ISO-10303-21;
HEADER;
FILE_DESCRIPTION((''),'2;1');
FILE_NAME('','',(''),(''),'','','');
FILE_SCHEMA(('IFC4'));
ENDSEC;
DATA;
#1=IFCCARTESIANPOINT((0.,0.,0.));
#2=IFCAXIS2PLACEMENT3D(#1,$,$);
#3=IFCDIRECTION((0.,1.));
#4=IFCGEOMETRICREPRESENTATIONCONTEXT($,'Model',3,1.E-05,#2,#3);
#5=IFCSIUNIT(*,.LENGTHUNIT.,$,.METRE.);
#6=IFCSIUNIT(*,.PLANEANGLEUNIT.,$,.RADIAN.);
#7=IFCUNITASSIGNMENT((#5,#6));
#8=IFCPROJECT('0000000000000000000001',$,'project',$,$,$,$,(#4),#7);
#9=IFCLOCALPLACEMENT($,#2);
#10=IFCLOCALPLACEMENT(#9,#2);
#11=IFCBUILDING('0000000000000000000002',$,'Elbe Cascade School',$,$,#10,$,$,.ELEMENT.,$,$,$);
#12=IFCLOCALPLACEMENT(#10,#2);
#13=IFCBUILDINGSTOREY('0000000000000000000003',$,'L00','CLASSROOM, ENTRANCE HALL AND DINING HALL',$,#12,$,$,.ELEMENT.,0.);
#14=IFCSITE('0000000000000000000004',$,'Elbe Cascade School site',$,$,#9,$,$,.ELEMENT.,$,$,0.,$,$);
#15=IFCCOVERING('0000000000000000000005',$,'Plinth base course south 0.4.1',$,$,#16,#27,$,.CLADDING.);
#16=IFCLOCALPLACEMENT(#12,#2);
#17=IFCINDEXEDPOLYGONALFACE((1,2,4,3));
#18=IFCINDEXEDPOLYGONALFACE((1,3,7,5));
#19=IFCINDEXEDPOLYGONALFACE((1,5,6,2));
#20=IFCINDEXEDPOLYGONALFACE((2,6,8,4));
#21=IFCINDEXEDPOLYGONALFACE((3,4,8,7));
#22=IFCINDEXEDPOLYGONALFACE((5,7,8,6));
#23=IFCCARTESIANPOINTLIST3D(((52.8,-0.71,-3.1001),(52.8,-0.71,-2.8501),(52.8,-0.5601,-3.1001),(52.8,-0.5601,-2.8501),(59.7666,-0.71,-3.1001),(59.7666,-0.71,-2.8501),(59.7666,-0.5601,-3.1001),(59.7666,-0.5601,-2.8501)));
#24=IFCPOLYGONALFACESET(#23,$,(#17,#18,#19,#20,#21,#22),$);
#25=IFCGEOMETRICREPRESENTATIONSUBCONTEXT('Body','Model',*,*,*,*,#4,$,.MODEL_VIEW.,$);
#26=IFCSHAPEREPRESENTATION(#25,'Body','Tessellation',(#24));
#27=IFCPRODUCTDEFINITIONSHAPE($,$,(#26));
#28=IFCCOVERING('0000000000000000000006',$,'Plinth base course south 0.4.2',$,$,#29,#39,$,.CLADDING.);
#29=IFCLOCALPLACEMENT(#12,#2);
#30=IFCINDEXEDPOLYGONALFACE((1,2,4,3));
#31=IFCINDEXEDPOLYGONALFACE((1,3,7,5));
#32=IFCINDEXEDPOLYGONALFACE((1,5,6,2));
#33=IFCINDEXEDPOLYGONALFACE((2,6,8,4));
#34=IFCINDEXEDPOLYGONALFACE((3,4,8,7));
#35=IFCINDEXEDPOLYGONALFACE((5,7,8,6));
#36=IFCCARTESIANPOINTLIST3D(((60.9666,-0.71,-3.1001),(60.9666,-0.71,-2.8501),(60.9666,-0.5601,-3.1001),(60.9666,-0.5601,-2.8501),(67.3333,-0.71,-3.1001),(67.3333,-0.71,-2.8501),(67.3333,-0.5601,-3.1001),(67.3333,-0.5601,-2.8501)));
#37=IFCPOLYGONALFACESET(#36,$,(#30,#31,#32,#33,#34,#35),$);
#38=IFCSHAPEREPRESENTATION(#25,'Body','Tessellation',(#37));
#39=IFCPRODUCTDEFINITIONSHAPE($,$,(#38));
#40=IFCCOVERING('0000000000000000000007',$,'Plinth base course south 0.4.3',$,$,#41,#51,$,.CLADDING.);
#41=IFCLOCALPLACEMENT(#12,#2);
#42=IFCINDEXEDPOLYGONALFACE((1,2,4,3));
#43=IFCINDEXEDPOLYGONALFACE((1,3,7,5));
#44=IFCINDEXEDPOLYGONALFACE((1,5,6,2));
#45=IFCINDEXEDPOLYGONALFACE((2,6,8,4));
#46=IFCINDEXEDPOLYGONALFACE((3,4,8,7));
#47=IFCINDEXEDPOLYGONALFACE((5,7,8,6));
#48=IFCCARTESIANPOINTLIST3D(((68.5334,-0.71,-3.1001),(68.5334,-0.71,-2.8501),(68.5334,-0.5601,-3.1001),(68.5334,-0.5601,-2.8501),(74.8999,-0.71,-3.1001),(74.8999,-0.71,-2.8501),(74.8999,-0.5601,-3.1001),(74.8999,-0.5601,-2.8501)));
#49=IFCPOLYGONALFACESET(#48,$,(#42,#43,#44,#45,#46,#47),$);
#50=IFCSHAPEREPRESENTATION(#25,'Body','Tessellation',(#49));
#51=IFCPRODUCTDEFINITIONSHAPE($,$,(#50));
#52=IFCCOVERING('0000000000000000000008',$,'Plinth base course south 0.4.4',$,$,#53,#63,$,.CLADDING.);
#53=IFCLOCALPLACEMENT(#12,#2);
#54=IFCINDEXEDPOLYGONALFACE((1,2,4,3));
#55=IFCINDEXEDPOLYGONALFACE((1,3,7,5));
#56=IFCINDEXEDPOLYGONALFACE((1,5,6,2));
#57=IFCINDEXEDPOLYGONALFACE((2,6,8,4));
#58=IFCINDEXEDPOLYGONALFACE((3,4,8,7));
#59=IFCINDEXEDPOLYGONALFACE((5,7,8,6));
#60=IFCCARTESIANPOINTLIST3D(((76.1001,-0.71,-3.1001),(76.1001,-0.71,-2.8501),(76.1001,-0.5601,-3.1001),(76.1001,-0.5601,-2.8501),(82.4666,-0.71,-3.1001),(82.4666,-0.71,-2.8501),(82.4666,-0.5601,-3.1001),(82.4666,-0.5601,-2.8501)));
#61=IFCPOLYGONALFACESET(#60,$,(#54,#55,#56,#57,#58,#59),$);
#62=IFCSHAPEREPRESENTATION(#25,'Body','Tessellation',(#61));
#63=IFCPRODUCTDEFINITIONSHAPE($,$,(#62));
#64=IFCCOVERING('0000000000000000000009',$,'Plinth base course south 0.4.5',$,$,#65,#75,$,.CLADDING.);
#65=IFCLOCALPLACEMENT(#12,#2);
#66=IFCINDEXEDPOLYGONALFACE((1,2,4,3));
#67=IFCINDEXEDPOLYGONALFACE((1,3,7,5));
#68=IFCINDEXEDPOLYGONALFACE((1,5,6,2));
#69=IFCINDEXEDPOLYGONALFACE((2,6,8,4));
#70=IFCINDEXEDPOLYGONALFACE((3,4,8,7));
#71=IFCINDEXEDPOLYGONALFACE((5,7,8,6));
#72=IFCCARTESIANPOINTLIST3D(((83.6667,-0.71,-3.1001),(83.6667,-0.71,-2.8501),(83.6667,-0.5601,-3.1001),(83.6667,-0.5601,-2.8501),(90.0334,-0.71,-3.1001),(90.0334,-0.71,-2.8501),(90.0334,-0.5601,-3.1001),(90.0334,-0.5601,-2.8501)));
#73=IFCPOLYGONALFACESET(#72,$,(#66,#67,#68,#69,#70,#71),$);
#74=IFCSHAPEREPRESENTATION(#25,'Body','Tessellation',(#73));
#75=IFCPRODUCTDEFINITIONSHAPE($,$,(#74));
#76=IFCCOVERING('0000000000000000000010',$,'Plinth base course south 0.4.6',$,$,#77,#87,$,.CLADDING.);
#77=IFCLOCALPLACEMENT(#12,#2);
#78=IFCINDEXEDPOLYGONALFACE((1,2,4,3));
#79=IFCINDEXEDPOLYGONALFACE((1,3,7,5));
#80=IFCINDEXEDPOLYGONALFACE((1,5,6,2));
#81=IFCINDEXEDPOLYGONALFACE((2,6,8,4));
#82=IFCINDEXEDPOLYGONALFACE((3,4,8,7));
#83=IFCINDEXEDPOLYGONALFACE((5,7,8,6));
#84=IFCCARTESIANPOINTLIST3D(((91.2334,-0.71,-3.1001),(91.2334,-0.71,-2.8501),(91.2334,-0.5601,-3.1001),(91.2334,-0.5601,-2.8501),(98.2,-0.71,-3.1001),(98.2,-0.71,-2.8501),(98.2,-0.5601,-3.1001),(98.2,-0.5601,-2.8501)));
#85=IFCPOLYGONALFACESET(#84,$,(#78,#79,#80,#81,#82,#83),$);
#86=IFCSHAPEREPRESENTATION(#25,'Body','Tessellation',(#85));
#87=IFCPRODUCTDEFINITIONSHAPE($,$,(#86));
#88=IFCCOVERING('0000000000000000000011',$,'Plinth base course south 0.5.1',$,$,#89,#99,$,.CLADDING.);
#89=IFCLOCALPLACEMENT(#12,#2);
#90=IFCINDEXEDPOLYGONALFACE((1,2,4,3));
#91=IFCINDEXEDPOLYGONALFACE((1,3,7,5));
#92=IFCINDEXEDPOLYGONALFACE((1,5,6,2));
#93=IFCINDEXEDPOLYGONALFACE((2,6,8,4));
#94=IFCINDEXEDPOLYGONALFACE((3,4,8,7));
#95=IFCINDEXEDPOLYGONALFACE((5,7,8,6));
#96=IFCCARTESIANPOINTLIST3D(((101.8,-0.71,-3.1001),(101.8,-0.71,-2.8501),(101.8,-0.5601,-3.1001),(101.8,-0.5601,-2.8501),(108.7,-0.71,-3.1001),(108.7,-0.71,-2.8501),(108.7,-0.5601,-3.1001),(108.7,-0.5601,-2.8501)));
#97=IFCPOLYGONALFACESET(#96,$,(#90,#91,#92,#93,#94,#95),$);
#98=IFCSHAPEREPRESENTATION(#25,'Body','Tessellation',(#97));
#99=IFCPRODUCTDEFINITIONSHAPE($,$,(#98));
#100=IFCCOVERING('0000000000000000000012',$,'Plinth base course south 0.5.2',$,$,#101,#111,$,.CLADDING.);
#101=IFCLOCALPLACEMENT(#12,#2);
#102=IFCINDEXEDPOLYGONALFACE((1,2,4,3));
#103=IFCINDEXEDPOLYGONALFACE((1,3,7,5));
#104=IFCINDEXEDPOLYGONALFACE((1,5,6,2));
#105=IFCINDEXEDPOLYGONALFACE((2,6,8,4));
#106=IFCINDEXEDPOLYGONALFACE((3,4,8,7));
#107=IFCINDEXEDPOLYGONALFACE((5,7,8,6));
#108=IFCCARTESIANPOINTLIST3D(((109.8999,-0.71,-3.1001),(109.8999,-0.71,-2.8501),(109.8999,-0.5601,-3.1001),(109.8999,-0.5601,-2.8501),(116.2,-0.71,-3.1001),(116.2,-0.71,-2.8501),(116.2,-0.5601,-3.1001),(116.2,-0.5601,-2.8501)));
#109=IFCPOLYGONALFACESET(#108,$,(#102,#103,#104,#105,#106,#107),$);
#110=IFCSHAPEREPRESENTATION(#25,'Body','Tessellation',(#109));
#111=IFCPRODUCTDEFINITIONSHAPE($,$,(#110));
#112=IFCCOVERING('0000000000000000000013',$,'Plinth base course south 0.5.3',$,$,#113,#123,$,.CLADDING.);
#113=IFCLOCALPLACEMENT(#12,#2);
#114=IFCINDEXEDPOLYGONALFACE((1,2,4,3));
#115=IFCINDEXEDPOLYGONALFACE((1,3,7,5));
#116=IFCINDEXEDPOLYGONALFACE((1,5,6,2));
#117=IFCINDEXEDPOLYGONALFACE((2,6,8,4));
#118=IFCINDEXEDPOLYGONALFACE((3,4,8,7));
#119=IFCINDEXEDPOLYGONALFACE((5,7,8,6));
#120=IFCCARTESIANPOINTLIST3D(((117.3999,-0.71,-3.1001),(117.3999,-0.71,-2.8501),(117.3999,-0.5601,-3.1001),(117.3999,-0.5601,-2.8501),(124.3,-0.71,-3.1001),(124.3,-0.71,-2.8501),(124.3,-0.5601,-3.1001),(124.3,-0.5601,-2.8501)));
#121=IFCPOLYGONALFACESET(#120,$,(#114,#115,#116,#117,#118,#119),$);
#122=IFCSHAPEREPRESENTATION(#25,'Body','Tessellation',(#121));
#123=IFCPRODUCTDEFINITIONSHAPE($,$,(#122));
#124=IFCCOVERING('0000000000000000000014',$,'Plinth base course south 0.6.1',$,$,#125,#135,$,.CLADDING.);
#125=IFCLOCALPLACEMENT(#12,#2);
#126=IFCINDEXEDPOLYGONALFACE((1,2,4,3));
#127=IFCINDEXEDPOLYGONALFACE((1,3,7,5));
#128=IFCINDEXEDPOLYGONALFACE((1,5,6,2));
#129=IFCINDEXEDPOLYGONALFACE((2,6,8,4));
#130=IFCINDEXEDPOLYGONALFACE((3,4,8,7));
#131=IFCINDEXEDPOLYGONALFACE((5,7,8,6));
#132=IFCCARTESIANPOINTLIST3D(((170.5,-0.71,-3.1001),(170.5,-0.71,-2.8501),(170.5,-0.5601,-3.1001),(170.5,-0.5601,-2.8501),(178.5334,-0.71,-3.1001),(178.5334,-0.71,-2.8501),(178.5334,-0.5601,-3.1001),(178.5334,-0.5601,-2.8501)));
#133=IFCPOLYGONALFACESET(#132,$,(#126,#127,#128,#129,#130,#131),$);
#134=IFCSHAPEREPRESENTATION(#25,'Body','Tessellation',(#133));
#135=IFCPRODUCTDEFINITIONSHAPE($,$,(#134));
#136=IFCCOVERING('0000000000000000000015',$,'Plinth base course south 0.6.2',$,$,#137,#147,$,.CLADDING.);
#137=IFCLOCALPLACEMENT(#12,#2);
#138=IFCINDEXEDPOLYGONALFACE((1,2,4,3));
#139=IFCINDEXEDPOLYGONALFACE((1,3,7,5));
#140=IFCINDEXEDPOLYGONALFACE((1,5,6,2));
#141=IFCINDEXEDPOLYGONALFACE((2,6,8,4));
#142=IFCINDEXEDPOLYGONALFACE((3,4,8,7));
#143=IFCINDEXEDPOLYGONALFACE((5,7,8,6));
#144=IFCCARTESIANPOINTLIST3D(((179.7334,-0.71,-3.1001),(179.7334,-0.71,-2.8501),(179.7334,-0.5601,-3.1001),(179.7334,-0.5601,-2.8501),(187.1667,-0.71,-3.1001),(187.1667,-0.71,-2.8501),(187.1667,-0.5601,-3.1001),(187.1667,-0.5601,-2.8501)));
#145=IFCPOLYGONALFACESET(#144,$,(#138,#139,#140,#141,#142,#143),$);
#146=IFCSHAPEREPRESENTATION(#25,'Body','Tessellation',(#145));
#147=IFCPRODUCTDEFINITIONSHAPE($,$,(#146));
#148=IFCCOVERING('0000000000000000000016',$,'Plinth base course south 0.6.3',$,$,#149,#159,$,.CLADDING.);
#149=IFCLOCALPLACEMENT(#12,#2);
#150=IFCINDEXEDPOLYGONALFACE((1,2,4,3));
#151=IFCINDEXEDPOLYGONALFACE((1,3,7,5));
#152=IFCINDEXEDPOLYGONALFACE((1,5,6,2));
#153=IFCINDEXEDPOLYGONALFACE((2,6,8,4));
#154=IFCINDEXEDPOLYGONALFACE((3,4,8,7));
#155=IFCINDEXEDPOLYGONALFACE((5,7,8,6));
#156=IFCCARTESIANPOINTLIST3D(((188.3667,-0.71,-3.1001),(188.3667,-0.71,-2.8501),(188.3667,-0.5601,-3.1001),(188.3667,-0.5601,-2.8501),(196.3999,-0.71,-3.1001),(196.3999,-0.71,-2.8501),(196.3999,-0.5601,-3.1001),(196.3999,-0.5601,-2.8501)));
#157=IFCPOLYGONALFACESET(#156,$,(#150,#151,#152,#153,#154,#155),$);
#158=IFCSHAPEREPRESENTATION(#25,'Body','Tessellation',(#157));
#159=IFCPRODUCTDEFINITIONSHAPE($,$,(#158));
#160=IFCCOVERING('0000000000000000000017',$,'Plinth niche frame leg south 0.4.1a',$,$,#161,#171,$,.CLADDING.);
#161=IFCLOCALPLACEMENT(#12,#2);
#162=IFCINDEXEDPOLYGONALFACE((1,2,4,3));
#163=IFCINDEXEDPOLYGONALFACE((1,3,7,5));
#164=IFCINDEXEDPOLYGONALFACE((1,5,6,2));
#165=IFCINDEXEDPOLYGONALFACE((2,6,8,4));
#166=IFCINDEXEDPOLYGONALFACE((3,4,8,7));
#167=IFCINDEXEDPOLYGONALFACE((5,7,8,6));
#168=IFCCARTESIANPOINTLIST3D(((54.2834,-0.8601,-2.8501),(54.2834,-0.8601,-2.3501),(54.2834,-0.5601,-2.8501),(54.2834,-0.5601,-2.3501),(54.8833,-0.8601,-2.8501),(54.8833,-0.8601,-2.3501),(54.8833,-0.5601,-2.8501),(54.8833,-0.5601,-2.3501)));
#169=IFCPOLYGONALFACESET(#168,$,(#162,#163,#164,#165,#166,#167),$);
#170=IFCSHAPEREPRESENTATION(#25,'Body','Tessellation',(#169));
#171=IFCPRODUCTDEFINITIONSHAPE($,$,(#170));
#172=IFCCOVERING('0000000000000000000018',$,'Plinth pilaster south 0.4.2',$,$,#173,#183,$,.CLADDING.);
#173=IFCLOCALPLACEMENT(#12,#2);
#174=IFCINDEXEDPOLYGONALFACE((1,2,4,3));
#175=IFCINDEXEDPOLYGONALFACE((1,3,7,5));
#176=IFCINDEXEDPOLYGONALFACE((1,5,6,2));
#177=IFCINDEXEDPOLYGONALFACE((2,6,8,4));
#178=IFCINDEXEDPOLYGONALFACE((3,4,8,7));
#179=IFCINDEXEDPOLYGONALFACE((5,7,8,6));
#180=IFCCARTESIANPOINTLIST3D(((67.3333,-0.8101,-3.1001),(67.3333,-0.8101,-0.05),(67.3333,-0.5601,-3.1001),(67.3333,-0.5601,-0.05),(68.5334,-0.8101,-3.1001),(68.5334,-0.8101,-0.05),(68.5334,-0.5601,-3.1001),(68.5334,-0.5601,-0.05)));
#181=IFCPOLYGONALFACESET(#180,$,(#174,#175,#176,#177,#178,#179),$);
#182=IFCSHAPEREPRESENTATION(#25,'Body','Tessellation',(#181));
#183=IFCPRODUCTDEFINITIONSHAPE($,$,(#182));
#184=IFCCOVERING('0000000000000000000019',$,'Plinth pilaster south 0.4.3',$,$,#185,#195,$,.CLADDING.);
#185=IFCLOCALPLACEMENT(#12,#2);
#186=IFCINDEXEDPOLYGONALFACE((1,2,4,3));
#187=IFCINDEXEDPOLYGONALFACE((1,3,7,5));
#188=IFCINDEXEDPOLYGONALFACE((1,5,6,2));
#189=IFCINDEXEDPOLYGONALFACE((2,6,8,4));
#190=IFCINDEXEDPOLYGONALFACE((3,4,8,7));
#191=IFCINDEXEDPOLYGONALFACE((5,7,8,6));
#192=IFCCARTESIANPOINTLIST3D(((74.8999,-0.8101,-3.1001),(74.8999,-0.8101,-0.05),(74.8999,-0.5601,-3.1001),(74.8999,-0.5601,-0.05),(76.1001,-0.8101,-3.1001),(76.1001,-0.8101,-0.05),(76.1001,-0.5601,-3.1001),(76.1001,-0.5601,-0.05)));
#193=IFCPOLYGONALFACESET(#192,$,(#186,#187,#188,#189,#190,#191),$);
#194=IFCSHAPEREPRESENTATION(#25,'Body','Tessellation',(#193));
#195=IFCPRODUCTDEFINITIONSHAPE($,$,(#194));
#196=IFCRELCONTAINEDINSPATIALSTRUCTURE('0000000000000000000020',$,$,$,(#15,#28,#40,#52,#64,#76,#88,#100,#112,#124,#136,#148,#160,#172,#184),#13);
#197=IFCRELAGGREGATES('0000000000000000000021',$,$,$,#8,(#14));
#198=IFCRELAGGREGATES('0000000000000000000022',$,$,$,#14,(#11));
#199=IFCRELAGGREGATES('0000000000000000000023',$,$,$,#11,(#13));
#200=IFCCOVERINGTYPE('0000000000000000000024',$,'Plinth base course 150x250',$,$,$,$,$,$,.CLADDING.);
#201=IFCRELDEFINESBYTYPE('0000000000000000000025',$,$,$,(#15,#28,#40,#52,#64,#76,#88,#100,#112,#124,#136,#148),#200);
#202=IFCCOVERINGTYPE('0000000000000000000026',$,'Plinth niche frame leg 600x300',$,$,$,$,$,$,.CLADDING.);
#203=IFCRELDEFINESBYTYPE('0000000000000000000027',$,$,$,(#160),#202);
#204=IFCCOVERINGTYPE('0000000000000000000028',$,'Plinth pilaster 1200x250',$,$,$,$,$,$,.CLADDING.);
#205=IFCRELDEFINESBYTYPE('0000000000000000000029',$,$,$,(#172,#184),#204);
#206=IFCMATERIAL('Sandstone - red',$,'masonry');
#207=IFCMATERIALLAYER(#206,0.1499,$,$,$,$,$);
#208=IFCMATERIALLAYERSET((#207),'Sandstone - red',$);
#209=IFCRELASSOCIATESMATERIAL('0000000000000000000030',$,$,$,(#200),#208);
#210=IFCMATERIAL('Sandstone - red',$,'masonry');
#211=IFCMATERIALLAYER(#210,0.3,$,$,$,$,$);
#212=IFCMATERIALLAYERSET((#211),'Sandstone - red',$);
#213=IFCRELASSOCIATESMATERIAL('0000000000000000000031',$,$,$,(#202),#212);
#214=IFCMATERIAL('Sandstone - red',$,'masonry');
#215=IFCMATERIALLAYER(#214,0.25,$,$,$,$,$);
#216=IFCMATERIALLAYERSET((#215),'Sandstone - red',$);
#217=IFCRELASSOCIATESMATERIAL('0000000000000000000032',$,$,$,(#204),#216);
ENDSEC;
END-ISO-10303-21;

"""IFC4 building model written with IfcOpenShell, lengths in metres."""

from ifc_helpers import new_model, si_unit, direction, frame, origin, place, context, subcontext, project, spatial, polyline, outline, extrude, material, layer, layer_set, type_object, element, save


model = new_model("IFC4")

# Units and contexts
model_context = context("Model", 3, precision=1e-05, world=origin(), true_north=direction((0.0, 1.0)))
body_context = subcontext(model_context, "Body", "Model", "MODEL_VIEW")
ifc_project = project(units=[si_unit("LENGTHUNIT", "METRE"), si_unit("PLANEANGLEUNIT", "RADIAN")], contexts=[model_context])

# Site, building, storey
site_placement = place(None, origin())
site = spatial("IfcSite", under=ifc_project, at=site_placement, Name="Elbe Cascade School site", CompositionType="ELEMENT", RefElevation=0.0)
building_placement = place(site_placement, origin())
building = spatial("IfcBuilding", under=site, at=building_placement, Name="Elbe Cascade School", CompositionType="ELEMENT")
storey_placement = place(building_placement, origin())
storey = spatial("IfcBuildingStorey", under=building, at=storey_placement, Name="L00", Description="CLASSROOM, ENTRANCE HALL AND DINING HALL", CompositionType="ELEMENT", Elevation=0.0)

# Coverings
ifc_material_1 = material(Name="Sandstone - red", Category="masonry")
ifc_layer_1 = layer(ifc_material_1, 0.1499)
ifc_layer_set_1 = layer_set([ifc_layer_1], Name="Sandstone - red")
covering_type_1 = type_object("IfcCoveringType", Name="Plinth base course 150x250", PredefinedType="CLADDING", material=ifc_layer_set_1)
covering_1_placement = place(storey_placement, frame((0.0, 0.0, -3.1001)))
element("IfcCovering", 1, at=covering_1_placement, inside=storey, type_object=covering_type_1, Name="Plinth base course south 0.4.1", PredefinedType="CLADDING", context=body_context, shape_type="SweptSolid", body=[
    extrude(outline(polyline([(52.8, -0.71), (59.7666, -0.71), (59.7666, -0.5601), (52.8, -0.5601), (52.8, -0.71)])), origin(), (0.0, 0.0, 1.0), 0.25),
])
covering_2_placement = place(storey_placement, frame((0.0, 0.0, -3.1001)))
element("IfcCovering", 2, at=covering_2_placement, inside=storey, type_object=covering_type_1, Name="Plinth base course south 0.4.2", PredefinedType="CLADDING", context=body_context, shape_type="SweptSolid", body=[
    extrude(outline(polyline([(60.9666, -0.71), (67.3333, -0.71), (67.3333, -0.5601), (60.9666, -0.5601), (60.9666, -0.71)])), origin(), (0.0, 0.0, 1.0), 0.25),
])
covering_3_placement = place(storey_placement, frame((0.0, 0.0, -3.1001)))
element("IfcCovering", 3, at=covering_3_placement, inside=storey, type_object=covering_type_1, Name="Plinth base course south 0.4.3", PredefinedType="CLADDING", context=body_context, shape_type="SweptSolid", body=[
    extrude(outline(polyline([(68.5334, -0.71), (74.8999, -0.71), (74.8999, -0.5601), (68.5334, -0.5601), (68.5334, -0.71)])), origin(), (0.0, 0.0, 1.0), 0.25),
])
covering_4_placement = place(storey_placement, frame((0.0, 0.0, -3.1001)))
element("IfcCovering", 4, at=covering_4_placement, inside=storey, type_object=covering_type_1, Name="Plinth base course south 0.4.4", PredefinedType="CLADDING", context=body_context, shape_type="SweptSolid", body=[
    extrude(outline(polyline([(76.1001, -0.71), (82.4666, -0.71), (82.4666, -0.5601), (76.1001, -0.5601), (76.1001, -0.71)])), origin(), (0.0, 0.0, 1.0), 0.25),
])
covering_5_placement = place(storey_placement, frame((0.0, 0.0, -3.1001)))
element("IfcCovering", 5, at=covering_5_placement, inside=storey, type_object=covering_type_1, Name="Plinth base course south 0.4.5", PredefinedType="CLADDING", context=body_context, shape_type="SweptSolid", body=[
    extrude(outline(polyline([(83.6667, -0.71), (90.0334, -0.71), (90.0334, -0.5601), (83.6667, -0.5601), (83.6667, -0.71)])), origin(), (0.0, 0.0, 1.0), 0.25),
])
covering_6_placement = place(storey_placement, frame((0.0, 0.0, -3.1001)))
element("IfcCovering", 6, at=covering_6_placement, inside=storey, type_object=covering_type_1, Name="Plinth base course south 0.4.6", PredefinedType="CLADDING", context=body_context, shape_type="SweptSolid", body=[
    extrude(outline(polyline([(91.2334, -0.71), (98.2, -0.71), (98.2, -0.5601), (91.2334, -0.5601), (91.2334, -0.71)])), origin(), (0.0, 0.0, 1.0), 0.25),
])
covering_7_placement = place(storey_placement, frame((0.0, 0.0, -3.1001)))
element("IfcCovering", 7, at=covering_7_placement, inside=storey, type_object=covering_type_1, Name="Plinth base course south 0.5.1", PredefinedType="CLADDING", context=body_context, shape_type="SweptSolid", body=[
    extrude(outline(polyline([(101.8, -0.71), (108.7, -0.71), (108.7, -0.5601), (101.8, -0.5601), (101.8, -0.71)])), origin(), (0.0, 0.0, 1.0), 0.25),
])
covering_8_placement = place(storey_placement, frame((0.0, 0.0, -3.1001)))
element("IfcCovering", 8, at=covering_8_placement, inside=storey, type_object=covering_type_1, Name="Plinth base course south 0.5.2", PredefinedType="CLADDING", context=body_context, shape_type="SweptSolid", body=[
    extrude(outline(polyline([(109.8999, -0.71), (116.2, -0.71), (116.2, -0.5601), (109.8999, -0.5601), (109.8999, -0.71)])), origin(), (0.0, 0.0, 1.0), 0.25),
])
covering_9_placement = place(storey_placement, frame((0.0, 0.0, -3.1001)))
element("IfcCovering", 9, at=covering_9_placement, inside=storey, type_object=covering_type_1, Name="Plinth base course south 0.5.3", PredefinedType="CLADDING", context=body_context, shape_type="SweptSolid", body=[
    extrude(outline(polyline([(117.3999, -0.71), (124.3, -0.71), (124.3, -0.5601), (117.3999, -0.5601), (117.3999, -0.71)])), origin(), (0.0, 0.0, 1.0), 0.25),
])
covering_10_placement = place(storey_placement, frame((0.0, 0.0, -3.1001)))
element("IfcCovering", 10, at=covering_10_placement, inside=storey, type_object=covering_type_1, Name="Plinth base course south 0.6.1", PredefinedType="CLADDING", context=body_context, shape_type="SweptSolid", body=[
    extrude(outline(polyline([(170.5, -0.71), (178.5334, -0.71), (178.5334, -0.5601), (170.5, -0.5601), (170.5, -0.71)])), origin(), (0.0, 0.0, 1.0), 0.25),
])
covering_11_placement = place(storey_placement, frame((0.0, 0.0, -3.1001)))
element("IfcCovering", 11, at=covering_11_placement, inside=storey, type_object=covering_type_1, Name="Plinth base course south 0.6.2", PredefinedType="CLADDING", context=body_context, shape_type="SweptSolid", body=[
    extrude(outline(polyline([(179.7334, -0.71), (187.1667, -0.71), (187.1667, -0.5601), (179.7334, -0.5601), (179.7334, -0.71)])), origin(), (0.0, 0.0, 1.0), 0.25),
])
covering_12_placement = place(storey_placement, frame((0.0, 0.0, -3.1001)))
element("IfcCovering", 12, at=covering_12_placement, inside=storey, type_object=covering_type_1, Name="Plinth base course south 0.6.3", PredefinedType="CLADDING", context=body_context, shape_type="SweptSolid", body=[
    extrude(outline(polyline([(188.3667, -0.71), (196.3999, -0.71), (196.3999, -0.5601), (188.3667, -0.5601), (188.3667, -0.71)])), origin(), (0.0, 0.0, 1.0), 0.25),
])
ifc_material_2 = material(Name="Sandstone - red", Category="masonry")
ifc_layer_2 = layer(ifc_material_2, 0.3)
ifc_layer_set_2 = layer_set([ifc_layer_2], Name="Sandstone - red")
covering_type_2 = type_object("IfcCoveringType", Name="Plinth niche frame leg 600x300", PredefinedType="CLADDING", material=ifc_layer_set_2)
covering_13_placement = place(storey_placement, frame((0.0, 0.0, -2.8501)))
element("IfcCovering", 13, at=covering_13_placement, inside=storey, type_object=covering_type_2, Name="Plinth niche frame leg south 0.4.1a", PredefinedType="CLADDING", context=body_context, shape_type="SweptSolid", body=[
    extrude(outline(polyline([(54.2834, -0.8601), (54.8833, -0.8601), (54.8833, -0.5601), (54.2834, -0.5601), (54.2834, -0.8601)])), origin(), (0.0, 0.0, 1.0), 0.5),
])
ifc_material_3 = material(Name="Sandstone - red", Category="masonry")
ifc_layer_3 = layer(ifc_material_3, 0.25)
ifc_layer_set_3 = layer_set([ifc_layer_3], Name="Sandstone - red")
covering_type_3 = type_object("IfcCoveringType", Name="Plinth pilaster 1200x250", PredefinedType="CLADDING", material=ifc_layer_set_3)
covering_14_placement = place(storey_placement, frame((0.0, 0.0, -3.1001)))
element("IfcCovering", 14, at=covering_14_placement, inside=storey, type_object=covering_type_3, Name="Plinth pilaster south 0.4.2", PredefinedType="CLADDING", context=body_context, shape_type="SweptSolid", body=[
    extrude(outline(polyline([(67.3333, -0.8101), (68.5334, -0.8101), (68.5334, -0.5601), (67.3333, -0.5601), (67.3333, -0.8101)])), origin(), (0.0, 0.0, 1.0), 3.05),
])
covering_15_placement = place(storey_placement, frame((0.0, 0.0, -3.1001)))
element("IfcCovering", 15, at=covering_15_placement, inside=storey, type_object=covering_type_3, Name="Plinth pilaster south 0.4.3", PredefinedType="CLADDING", context=body_context, shape_type="SweptSolid", body=[
    extrude(outline(polyline([(74.8999, -0.8101), (76.1001, -0.8101), (76.1001, -0.5601), (74.8999, -0.5601), (74.8999, -0.8101)])), origin(), (0.0, 0.0, 1.0), 3.05),
])

save(model, "model.ifc")
